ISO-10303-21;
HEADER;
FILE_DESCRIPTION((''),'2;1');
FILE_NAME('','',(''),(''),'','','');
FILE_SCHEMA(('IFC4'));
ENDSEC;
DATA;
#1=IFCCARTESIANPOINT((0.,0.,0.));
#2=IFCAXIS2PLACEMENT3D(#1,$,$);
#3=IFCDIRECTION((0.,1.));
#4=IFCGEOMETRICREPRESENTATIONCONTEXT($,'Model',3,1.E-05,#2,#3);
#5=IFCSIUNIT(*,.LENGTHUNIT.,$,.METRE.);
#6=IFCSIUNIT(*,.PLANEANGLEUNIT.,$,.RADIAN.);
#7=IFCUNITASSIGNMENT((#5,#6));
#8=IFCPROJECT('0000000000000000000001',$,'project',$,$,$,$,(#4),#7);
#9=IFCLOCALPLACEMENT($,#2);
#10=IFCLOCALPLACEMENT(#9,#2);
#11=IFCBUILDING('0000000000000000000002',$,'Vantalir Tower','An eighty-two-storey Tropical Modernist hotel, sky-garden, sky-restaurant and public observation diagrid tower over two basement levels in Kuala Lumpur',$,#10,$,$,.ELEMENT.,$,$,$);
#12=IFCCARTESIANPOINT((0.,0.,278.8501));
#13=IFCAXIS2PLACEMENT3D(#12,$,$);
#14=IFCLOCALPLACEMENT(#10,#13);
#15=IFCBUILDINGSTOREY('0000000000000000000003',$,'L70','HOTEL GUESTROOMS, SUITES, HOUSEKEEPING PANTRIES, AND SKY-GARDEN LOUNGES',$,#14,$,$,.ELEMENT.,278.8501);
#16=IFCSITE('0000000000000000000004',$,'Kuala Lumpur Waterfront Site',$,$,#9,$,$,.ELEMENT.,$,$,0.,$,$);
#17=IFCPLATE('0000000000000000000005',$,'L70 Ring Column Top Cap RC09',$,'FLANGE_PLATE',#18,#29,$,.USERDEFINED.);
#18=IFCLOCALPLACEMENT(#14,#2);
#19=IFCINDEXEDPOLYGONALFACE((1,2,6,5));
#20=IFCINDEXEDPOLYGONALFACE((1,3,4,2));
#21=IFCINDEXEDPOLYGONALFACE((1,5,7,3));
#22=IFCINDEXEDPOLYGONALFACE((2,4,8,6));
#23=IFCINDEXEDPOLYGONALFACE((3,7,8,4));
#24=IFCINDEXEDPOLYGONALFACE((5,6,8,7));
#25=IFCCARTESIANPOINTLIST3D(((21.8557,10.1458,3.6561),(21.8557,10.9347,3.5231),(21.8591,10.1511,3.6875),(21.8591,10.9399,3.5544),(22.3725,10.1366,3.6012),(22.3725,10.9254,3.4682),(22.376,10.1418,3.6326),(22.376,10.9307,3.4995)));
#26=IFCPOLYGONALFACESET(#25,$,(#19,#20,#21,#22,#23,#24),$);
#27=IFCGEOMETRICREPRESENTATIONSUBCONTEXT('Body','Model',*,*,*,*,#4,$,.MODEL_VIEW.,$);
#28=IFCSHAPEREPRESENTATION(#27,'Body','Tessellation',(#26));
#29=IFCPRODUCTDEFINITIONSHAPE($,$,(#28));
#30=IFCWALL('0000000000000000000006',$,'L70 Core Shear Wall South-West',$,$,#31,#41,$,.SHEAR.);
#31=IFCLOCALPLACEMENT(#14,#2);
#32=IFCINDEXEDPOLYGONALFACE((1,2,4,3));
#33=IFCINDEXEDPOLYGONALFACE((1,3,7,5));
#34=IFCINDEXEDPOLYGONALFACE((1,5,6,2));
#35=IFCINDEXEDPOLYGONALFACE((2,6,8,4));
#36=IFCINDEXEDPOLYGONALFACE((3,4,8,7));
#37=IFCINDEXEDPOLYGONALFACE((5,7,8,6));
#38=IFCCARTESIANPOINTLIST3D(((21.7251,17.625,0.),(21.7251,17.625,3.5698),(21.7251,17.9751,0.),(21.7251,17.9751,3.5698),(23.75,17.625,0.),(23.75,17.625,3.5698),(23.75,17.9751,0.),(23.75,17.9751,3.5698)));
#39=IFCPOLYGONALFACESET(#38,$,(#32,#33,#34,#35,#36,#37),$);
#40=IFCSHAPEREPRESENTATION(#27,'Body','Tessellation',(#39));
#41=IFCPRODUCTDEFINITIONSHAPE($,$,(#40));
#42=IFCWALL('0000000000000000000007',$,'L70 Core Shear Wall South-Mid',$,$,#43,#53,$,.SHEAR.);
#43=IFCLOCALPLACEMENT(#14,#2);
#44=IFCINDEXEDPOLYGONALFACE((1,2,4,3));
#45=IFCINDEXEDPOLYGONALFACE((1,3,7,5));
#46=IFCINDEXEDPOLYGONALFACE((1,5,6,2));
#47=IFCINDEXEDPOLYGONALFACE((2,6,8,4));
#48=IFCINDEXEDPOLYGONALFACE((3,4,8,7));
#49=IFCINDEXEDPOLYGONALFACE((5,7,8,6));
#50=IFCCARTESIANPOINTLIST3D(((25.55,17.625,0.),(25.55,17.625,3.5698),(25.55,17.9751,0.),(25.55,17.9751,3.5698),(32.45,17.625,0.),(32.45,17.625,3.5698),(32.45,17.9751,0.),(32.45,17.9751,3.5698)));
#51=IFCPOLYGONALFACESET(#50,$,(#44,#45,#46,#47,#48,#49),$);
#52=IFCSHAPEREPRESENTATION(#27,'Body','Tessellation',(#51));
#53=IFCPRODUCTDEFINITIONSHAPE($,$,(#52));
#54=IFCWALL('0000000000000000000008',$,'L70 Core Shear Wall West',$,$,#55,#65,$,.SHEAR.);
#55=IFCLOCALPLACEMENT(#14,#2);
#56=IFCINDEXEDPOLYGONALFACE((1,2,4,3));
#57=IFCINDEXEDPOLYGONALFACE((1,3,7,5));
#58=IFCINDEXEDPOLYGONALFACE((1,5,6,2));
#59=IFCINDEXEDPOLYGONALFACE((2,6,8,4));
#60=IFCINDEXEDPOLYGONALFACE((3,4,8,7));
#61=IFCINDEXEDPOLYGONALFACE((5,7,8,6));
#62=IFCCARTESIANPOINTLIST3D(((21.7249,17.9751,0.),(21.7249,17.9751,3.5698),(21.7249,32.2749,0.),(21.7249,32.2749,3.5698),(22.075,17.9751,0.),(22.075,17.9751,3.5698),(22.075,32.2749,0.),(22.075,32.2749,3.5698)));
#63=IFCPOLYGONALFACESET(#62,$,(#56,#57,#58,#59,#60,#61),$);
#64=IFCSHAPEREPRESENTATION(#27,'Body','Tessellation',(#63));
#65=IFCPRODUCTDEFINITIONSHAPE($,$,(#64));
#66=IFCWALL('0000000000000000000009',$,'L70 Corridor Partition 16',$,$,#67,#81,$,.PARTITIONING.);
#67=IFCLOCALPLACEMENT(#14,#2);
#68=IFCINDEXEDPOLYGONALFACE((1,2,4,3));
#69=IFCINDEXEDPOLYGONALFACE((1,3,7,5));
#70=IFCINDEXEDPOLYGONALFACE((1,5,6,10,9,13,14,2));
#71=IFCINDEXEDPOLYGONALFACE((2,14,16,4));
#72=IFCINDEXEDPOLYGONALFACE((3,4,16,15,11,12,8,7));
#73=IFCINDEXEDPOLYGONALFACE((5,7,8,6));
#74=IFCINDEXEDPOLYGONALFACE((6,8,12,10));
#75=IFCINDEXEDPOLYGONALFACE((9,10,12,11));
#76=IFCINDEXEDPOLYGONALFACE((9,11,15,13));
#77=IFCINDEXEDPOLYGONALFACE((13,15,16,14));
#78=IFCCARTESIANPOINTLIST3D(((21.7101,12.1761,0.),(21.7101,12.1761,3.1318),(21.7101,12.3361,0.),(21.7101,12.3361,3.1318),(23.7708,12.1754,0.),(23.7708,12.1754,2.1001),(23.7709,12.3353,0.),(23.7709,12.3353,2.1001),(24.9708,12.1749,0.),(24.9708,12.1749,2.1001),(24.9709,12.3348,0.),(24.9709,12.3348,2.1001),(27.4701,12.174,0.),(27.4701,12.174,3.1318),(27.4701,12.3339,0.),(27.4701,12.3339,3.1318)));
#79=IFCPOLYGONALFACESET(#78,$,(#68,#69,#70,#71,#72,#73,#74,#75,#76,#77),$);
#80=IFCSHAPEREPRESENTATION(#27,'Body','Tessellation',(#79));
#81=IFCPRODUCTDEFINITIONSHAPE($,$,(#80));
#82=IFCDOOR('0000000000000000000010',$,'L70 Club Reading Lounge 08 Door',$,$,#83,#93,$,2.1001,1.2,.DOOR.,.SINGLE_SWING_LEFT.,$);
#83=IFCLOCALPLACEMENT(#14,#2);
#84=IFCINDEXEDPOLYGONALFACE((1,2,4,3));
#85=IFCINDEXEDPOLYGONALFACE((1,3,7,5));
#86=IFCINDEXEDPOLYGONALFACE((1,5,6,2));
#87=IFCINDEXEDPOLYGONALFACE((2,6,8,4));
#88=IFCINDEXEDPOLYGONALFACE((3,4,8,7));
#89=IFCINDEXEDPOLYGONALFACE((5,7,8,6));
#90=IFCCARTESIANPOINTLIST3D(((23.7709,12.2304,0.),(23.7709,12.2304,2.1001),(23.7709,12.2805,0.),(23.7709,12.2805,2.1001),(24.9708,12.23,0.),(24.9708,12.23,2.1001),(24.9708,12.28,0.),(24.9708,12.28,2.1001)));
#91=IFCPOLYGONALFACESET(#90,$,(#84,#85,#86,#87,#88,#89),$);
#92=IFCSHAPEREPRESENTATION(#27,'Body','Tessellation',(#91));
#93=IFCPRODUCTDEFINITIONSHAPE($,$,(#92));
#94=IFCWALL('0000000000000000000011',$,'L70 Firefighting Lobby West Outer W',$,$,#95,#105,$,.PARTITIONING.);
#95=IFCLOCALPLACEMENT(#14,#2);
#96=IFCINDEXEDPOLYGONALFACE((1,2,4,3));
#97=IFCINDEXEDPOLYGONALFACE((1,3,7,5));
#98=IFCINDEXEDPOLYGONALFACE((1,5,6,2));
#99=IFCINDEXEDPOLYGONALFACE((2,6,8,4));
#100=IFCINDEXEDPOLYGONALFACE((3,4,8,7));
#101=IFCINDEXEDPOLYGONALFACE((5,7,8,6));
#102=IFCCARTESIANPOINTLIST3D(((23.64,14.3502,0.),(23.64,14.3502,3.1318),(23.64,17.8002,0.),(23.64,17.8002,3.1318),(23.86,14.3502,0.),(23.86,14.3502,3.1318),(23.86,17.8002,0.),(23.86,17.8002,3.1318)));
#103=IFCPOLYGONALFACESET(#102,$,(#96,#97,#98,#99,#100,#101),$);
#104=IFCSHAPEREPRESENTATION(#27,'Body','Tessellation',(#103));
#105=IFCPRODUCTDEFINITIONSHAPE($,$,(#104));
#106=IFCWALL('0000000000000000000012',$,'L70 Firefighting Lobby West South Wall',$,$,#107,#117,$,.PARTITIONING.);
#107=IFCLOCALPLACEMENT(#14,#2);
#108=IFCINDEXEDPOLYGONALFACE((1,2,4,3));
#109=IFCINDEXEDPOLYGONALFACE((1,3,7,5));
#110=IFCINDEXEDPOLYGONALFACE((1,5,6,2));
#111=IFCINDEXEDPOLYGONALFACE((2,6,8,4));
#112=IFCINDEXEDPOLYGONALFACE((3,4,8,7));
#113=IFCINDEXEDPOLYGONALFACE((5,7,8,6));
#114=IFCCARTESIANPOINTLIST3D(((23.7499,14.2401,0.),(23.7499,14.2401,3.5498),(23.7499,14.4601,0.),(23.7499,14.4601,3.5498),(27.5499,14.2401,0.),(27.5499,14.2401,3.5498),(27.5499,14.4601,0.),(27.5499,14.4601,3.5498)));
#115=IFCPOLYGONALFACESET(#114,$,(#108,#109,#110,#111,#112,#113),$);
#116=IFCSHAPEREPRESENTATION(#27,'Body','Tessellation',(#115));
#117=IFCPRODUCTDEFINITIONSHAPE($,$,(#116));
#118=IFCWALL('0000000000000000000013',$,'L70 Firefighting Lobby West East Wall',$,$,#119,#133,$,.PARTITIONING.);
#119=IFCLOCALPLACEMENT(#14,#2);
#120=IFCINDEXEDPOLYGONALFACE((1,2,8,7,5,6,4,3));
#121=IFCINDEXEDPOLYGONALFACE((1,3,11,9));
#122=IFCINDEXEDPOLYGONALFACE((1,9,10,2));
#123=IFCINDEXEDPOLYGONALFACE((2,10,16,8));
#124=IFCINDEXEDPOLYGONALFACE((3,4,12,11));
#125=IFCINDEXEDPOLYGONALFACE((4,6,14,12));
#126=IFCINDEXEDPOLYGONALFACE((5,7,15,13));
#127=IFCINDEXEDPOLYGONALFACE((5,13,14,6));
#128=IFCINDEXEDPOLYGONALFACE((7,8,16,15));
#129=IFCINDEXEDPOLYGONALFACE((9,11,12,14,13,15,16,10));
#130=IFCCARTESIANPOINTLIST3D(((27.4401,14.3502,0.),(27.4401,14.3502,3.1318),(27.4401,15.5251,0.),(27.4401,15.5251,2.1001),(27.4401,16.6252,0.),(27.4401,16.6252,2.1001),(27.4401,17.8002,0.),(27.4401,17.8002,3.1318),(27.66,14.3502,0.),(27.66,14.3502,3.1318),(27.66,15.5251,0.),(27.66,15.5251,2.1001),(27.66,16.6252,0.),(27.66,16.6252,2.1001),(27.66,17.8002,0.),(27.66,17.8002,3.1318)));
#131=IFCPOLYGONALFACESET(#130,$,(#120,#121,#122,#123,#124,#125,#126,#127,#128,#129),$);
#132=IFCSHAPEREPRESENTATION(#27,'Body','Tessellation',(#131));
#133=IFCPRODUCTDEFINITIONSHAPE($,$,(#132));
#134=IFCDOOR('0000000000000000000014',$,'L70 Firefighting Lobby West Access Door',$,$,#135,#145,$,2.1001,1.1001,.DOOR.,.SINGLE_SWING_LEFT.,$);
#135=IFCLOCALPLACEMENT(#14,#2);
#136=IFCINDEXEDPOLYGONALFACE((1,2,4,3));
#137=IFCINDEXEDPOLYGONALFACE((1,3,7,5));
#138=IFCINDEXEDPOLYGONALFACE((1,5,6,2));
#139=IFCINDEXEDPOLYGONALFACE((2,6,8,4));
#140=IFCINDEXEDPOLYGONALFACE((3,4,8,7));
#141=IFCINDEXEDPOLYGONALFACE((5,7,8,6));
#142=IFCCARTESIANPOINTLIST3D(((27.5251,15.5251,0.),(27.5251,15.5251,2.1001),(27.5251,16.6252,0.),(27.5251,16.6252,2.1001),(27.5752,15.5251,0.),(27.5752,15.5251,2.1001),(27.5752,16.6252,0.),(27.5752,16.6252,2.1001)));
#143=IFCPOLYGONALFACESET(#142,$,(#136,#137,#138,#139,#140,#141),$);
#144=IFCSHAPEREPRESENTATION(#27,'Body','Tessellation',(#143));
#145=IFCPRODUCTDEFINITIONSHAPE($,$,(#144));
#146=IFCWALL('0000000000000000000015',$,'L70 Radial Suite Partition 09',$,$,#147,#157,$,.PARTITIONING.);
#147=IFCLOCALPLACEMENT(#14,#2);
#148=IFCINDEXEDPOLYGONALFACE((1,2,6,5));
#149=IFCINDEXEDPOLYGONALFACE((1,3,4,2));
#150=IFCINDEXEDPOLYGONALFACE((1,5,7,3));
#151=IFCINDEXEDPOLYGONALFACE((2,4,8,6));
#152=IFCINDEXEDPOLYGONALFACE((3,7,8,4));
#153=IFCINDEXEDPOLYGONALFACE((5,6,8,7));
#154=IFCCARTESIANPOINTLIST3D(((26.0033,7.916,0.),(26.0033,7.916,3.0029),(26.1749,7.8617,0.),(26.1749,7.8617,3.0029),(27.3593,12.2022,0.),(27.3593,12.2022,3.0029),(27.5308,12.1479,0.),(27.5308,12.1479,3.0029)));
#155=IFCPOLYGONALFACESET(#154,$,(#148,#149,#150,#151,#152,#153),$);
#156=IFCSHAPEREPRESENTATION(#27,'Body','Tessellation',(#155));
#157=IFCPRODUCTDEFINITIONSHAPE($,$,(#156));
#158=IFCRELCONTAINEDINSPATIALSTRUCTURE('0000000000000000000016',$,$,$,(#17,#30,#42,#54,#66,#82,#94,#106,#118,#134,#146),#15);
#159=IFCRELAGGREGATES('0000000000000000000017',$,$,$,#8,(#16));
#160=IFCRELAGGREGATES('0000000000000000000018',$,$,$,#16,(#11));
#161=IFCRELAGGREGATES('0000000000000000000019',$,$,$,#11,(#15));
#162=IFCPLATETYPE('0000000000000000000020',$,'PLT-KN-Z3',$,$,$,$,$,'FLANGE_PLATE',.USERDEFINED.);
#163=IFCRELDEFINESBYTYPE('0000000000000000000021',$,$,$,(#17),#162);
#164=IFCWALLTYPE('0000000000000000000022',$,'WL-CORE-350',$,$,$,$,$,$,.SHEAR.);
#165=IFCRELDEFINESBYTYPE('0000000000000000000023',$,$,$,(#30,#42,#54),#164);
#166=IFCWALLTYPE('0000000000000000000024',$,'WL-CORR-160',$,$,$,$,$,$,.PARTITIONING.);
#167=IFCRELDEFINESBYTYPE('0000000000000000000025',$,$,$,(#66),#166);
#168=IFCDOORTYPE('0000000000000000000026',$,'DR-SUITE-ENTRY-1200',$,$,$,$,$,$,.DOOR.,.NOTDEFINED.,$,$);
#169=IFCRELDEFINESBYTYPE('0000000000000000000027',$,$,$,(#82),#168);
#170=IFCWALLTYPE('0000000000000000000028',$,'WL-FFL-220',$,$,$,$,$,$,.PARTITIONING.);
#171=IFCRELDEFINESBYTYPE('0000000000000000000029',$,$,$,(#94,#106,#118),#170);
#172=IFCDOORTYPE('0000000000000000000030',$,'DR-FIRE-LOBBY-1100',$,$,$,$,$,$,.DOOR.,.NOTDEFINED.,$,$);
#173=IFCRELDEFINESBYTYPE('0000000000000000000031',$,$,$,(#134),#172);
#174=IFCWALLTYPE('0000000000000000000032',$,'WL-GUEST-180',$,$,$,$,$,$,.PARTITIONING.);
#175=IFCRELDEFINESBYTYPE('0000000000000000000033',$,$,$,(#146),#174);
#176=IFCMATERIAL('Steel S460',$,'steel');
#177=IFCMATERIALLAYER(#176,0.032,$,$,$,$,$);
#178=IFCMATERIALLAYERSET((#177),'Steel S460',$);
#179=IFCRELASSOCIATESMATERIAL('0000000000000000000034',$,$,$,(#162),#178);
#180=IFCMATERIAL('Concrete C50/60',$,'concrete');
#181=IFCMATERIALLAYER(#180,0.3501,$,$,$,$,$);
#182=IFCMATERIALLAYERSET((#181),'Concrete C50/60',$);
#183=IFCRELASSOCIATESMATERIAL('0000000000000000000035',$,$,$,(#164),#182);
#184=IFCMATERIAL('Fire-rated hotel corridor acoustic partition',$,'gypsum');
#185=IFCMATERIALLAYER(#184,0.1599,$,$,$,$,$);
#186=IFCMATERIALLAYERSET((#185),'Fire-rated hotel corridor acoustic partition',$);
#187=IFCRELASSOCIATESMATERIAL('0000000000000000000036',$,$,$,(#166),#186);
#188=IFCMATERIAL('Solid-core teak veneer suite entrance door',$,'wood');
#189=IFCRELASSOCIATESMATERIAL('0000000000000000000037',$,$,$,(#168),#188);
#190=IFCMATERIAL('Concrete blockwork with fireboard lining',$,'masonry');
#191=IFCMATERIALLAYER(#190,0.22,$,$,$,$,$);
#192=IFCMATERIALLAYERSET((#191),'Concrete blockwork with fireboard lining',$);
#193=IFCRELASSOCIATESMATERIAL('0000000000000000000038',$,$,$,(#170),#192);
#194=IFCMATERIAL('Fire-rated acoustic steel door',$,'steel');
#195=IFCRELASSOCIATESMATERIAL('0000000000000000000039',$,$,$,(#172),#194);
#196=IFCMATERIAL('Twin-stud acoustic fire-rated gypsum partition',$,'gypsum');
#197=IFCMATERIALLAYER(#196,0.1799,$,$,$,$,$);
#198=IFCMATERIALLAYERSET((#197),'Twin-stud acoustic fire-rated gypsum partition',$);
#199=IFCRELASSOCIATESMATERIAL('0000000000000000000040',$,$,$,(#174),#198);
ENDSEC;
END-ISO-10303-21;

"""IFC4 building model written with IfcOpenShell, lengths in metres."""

from ifc_helpers import new_model, si_unit, direction, frame, frame_2d, origin, place, context, subcontext, project, spatial, polyline, rectangle, outline, extrude, material, layer, layer_set, type_object, element, fill, save


model = new_model("IFC4")

# Units and contexts
model_context = context("Model", 3, precision=1e-05, world=origin(), true_north=direction((0.0, 1.0)))
body_context = subcontext(model_context, "Body", "Model", "MODEL_VIEW")
ifc_project = project(units=[si_unit("LENGTHUNIT", "METRE"), si_unit("PLANEANGLEUNIT", "RADIAN")], contexts=[model_context])

# Site, building, storey
site_placement = place(None, origin())
site = spatial("IfcSite", under=ifc_project, at=site_placement, Name="Kuala Lumpur Waterfront Site", CompositionType="ELEMENT", RefElevation=0.0)
building_placement = place(site_placement, origin())
building = spatial("IfcBuilding", under=site, at=building_placement, Name="Vantalir Tower", Description="An eighty-two-storey Tropical Modernist hotel, sky-garden, sky-restaurant and public observation diagrid tower over two basement levels in Kuala Lumpur", CompositionType="ELEMENT")
storey_placement = place(building_placement, frame((0.0, 0.0, 278.8501)))
storey = spatial("IfcBuildingStorey", under=building, at=storey_placement, Name="L70", Description="HOTEL GUESTROOMS, SUITES, HOUSEKEEPING PANTRIES, AND SKY-GARDEN LOUNGES", CompositionType="ELEMENT", Elevation=278.8501)

# Shared definitions
ifc_material_1 = material(Name="Concrete C50/60", Category="concrete")

# Shared definitions
ifc_material_2 = material(Name="Steel S460", Category="steel")

# Plate
ifc_layer_1 = layer(ifc_material_2, 0.032)
ifc_layer_set_1 = layer_set([ifc_layer_1], Name="Steel S460")
plate_type_1 = type_object("IfcPlateType", Name="PLT-KN-Z3", ElementType="FLANGE_PLATE", PredefinedType="USERDEFINED", material=ifc_layer_set_1)
plate_1_placement = place(storey_placement, frame((21.8591, 10.9399, 3.5544), z_axis=(0.107167, 0.165371, 0.980392), x_axis=(0.0, -0.98607, 0.166329)))
element("IfcPlate", 1, at=plate_1_placement, inside=storey, type_object=plate_type_1, Name="L70 Ring Column Top Cap RC09", ObjectType="FLANGE_PLATE", PredefinedType="USERDEFINED", context=body_context, shape_type="SweptSolid", body=[
    extrude(outline(polyline([(0.0, 0.0), (0.8, 0.0), (0.8, 0.5198), (0.0, 0.5198), (0.0, 0.0)])), origin(), (0.0, 0.0, -1.0), 0.032),
])

# Walls
ifc_layer_2 = layer(ifc_material_1, 0.3501)
ifc_layer_set_2 = layer_set([ifc_layer_2], Name="Concrete C50/60")
wall_type_1 = type_object("IfcWallType", Name="WL-CORE-350", PredefinedType="SHEAR", material=ifc_layer_set_2)
wall_1_placement = place(storey_placement, frame((21.7251, 17.8, 0.0), z_axis=(0.0, 0.0, 1.0), x_axis=(1.0, 0.0, 0.0)))
element("IfcWall", 2, at=wall_1_placement, inside=storey, type_object=wall_type_1, Name="L70 Core Shear Wall South-West", PredefinedType="SHEAR", context=body_context, shape_type="SweptSolid", body=[
    extrude(rectangle(XDim=2.0249, YDim=0.3501, at=frame_2d((1.0125, 0.0))), origin(), (0.0, 0.0, 1.0), 3.5698),
])
wall_2_placement = place(storey_placement, frame((25.55, 17.8, 0.0), z_axis=(0.0, 0.0, 1.0), x_axis=(1.0, 0.0, 0.0)))
element("IfcWall", 3, at=wall_2_placement, inside=storey, type_object=wall_type_1, Name="L70 Core Shear Wall South-Mid", PredefinedType="SHEAR", context=body_context, shape_type="SweptSolid", body=[
    extrude(rectangle(XDim=6.8999, YDim=0.3501, at=frame_2d((3.45, 0.0))), origin(), (0.0, 0.0, 1.0), 3.5698),
])
wall_3_placement = place(storey_placement, frame((21.8999, 17.9751, 0.0), z_axis=(0.0, 0.0, 1.0), x_axis=(0.0, 1.0, 0.0)))
element("IfcWall", 4, at=wall_3_placement, inside=storey, type_object=wall_type_1, Name="L70 Core Shear Wall West", PredefinedType="SHEAR", context=body_context, shape_type="SweptSolid", body=[
    extrude(rectangle(XDim=14.2998, YDim=0.3501, at=frame_2d((7.1499, 0.0))), origin(), (0.0, 0.0, 1.0), 3.5698),
])

# Wall, opening, door
ifc_material_3 = material(Name="Fire-rated hotel corridor acoustic partition", Category="gypsum")
ifc_layer_3 = layer(ifc_material_3, 0.1599)
ifc_layer_set_3 = layer_set([ifc_layer_3], Name="Fire-rated hotel corridor acoustic partition")
wall_type_2 = type_object("IfcWallType", Name="WL-CORR-160", PredefinedType="PARTITIONING", material=ifc_layer_set_3)
wall_4_placement = place(storey_placement, frame((27.47, 12.2539, 0.0), z_axis=(0.0, 0.0, 1.0), x_axis=(-1.0, 0.000381, 0.0)))
wall_4 = element("IfcWall", 5, at=wall_4_placement, inside=storey, type_object=wall_type_2, Name="L70 Corridor Partition 16", PredefinedType="PARTITIONING", context=body_context, shape_type="SweptSolid", body=[
    extrude(rectangle(XDim=5.76, YDim=0.1599, at=frame_2d((2.8799, 0.0))), origin(), (0.0, 0.0, 1.0), 3.1318),
])
opening_1_placement = place(wall_4_placement, frame((2.499, 0.0, 0.0)))
opening_1 = element("IfcOpeningElement", 6, at=opening_1_placement, cuts=wall_4, PredefinedType="OPENING", context=body_context, shape_type="SweptSolid", body=[
    extrude(rectangle(XDim=1.2, YDim=2.1001, at=frame_2d((0.6001, 1.05))), frame((0.0, 0.0898, 0.0), z_axis=(0.0, -1.0, 0.0), x_axis=(1.0, 0.0, 0.0)), (0.0, 0.0, 1.0), 0.1799),
])
ifc_material_4 = material(Name="Solid-core teak veneer suite entrance door", Category="wood")
door_type_1 = type_object("IfcDoorType", Name="DR-SUITE-ENTRY-1200", OperationType="NOTDEFINED", PredefinedType="DOOR", material=ifc_material_4)
door_1_placement = place(opening_1_placement, origin())
door_1 = element("IfcDoor", 7, at=door_1_placement, inside=storey, type_object=door_type_1, Name="L70 Club Reading Lounge 08 Door", OperationType="SINGLE_SWING_LEFT", OverallHeight=2.1001, OverallWidth=1.2, PredefinedType="DOOR", context=body_context, shape_type="SweptSolid", body=[
    extrude(rectangle(XDim=1.2, YDim=2.1001, at=frame_2d((0.6001, 1.05))), frame((0.0, 0.0249, 0.0), z_axis=(0.0, -1.0, 0.0), x_axis=(1.0, 0.0, 0.0)), (0.0, 0.0, 1.0), 0.05),
])
fill(opening_1, door_1)

# Walls
ifc_material_5 = material(Name="Concrete blockwork with fireboard lining", Category="masonry")
ifc_layer_4 = layer(ifc_material_5, 0.22)
ifc_layer_set_4 = layer_set([ifc_layer_4], Name="Concrete blockwork with fireboard lining")
wall_type_3 = type_object("IfcWallType", Name="WL-FFL-220", PredefinedType="PARTITIONING", material=ifc_layer_set_4)
wall_5_placement = place(storey_placement, frame((23.75, 14.3501, 0.0), z_axis=(0.0, 0.0, 1.0), x_axis=(0.0, 1.0, 0.0)))
element("IfcWall", 8, at=wall_5_placement, inside=storey, type_object=wall_type_3, Name="L70 Firefighting Lobby West Outer W", PredefinedType="PARTITIONING", context=body_context, shape_type="SweptSolid", body=[
    extrude(rectangle(XDim=3.45, YDim=0.22, at=frame_2d((1.7251, 0.0))), origin(), (0.0, 0.0, 1.0), 3.1318),
])
wall_6_placement = place(storey_placement, frame((23.75, 14.3501, 0.0), z_axis=(0.0, 0.0, 1.0), x_axis=(1.0, 0.0, 0.0)))
element("IfcWall", 9, at=wall_6_placement, inside=storey, type_object=wall_type_3, Name="L70 Firefighting Lobby West South Wall", PredefinedType="PARTITIONING", context=body_context, shape_type="SweptSolid", body=[
    extrude(rectangle(XDim=3.8, YDim=0.22, at=frame_2d((1.8999, 0.0))), origin(), (0.0, 0.0, 1.0), 3.5498),
])

# Wall, opening, door
wall_7_placement = place(storey_placement, frame((27.55, 14.3501, 0.0), z_axis=(0.0, 0.0, 1.0), x_axis=(0.0, 1.0, 0.0)))
wall_7 = element("IfcWall", 10, at=wall_7_placement, inside=storey, type_object=wall_type_3, Name="L70 Firefighting Lobby West East Wall", PredefinedType="PARTITIONING", context=body_context, shape_type="SweptSolid", body=[
    extrude(rectangle(XDim=3.45, YDim=0.22, at=frame_2d((1.7251, 0.0))), origin(), (0.0, 0.0, 1.0), 3.1318),
])
opening_2_placement = place(wall_7_placement, frame((1.175, 0.0, 0.0)))
opening_2 = element("IfcOpeningElement", 11, at=opening_2_placement, cuts=wall_7, PredefinedType="OPENING", context=body_context, shape_type="SweptSolid", body=[
    extrude(rectangle(XDim=1.1001, YDim=2.1001, at=frame_2d((0.55, 1.05))), frame((0.0, 0.1199, 0.0), z_axis=(0.0, -1.0, 0.0), x_axis=(1.0, 0.0, 0.0)), (0.0, 0.0, 1.0), 0.24),
])
ifc_material_6 = material(Name="Fire-rated acoustic steel door", Category="steel")
door_type_2 = type_object("IfcDoorType", Name="DR-FIRE-LOBBY-1100", OperationType="NOTDEFINED", PredefinedType="DOOR", material=ifc_material_6)
door_2_placement = place(opening_2_placement, origin())
door_2 = element("IfcDoor", 12, at=door_2_placement, inside=storey, type_object=door_type_2, Name="L70 Firefighting Lobby West Access Door", OperationType="SINGLE_SWING_LEFT", OverallHeight=2.1001, OverallWidth=1.1001, PredefinedType="DOOR", context=body_context, shape_type="SweptSolid", body=[
    extrude(rectangle(XDim=1.1001, YDim=2.1001, at=frame_2d((0.55, 1.05))), frame((0.0, 0.0249, 0.0), z_axis=(0.0, -1.0, 0.0), x_axis=(1.0, 0.0, 0.0)), (0.0, 0.0, 1.0), 0.05),
])
fill(opening_2, door_2)

# Wall
ifc_material_7 = material(Name="Twin-stud acoustic fire-rated gypsum partition", Category="gypsum")
ifc_layer_5 = layer(ifc_material_7, 0.1799)
ifc_layer_set_5 = layer_set([ifc_layer_5], Name="Twin-stud acoustic fire-rated gypsum partition")
wall_type_4 = type_object("IfcWallType", Name="WL-GUEST-180", PredefinedType="PARTITIONING", material=ifc_layer_set_5)
wall_8_placement = place(storey_placement, frame((27.4451, 12.175, 0.0), z_axis=(0.0, 0.0, 1.0), x_axis=(-0.301625, -0.953427, 0.0)))
element("IfcWall", 13, at=wall_8_placement, inside=storey, type_object=wall_type_4, Name="L70 Radial Suite Partition 09", PredefinedType="PARTITIONING", context=body_context, shape_type="SweptSolid", body=[
    extrude(rectangle(XDim=4.4956, YDim=0.1799, at=frame_2d((2.2478, 0.0))), origin(), (0.0, 0.0, 1.0), 3.0029),
])

save(model, "model.ifc")
